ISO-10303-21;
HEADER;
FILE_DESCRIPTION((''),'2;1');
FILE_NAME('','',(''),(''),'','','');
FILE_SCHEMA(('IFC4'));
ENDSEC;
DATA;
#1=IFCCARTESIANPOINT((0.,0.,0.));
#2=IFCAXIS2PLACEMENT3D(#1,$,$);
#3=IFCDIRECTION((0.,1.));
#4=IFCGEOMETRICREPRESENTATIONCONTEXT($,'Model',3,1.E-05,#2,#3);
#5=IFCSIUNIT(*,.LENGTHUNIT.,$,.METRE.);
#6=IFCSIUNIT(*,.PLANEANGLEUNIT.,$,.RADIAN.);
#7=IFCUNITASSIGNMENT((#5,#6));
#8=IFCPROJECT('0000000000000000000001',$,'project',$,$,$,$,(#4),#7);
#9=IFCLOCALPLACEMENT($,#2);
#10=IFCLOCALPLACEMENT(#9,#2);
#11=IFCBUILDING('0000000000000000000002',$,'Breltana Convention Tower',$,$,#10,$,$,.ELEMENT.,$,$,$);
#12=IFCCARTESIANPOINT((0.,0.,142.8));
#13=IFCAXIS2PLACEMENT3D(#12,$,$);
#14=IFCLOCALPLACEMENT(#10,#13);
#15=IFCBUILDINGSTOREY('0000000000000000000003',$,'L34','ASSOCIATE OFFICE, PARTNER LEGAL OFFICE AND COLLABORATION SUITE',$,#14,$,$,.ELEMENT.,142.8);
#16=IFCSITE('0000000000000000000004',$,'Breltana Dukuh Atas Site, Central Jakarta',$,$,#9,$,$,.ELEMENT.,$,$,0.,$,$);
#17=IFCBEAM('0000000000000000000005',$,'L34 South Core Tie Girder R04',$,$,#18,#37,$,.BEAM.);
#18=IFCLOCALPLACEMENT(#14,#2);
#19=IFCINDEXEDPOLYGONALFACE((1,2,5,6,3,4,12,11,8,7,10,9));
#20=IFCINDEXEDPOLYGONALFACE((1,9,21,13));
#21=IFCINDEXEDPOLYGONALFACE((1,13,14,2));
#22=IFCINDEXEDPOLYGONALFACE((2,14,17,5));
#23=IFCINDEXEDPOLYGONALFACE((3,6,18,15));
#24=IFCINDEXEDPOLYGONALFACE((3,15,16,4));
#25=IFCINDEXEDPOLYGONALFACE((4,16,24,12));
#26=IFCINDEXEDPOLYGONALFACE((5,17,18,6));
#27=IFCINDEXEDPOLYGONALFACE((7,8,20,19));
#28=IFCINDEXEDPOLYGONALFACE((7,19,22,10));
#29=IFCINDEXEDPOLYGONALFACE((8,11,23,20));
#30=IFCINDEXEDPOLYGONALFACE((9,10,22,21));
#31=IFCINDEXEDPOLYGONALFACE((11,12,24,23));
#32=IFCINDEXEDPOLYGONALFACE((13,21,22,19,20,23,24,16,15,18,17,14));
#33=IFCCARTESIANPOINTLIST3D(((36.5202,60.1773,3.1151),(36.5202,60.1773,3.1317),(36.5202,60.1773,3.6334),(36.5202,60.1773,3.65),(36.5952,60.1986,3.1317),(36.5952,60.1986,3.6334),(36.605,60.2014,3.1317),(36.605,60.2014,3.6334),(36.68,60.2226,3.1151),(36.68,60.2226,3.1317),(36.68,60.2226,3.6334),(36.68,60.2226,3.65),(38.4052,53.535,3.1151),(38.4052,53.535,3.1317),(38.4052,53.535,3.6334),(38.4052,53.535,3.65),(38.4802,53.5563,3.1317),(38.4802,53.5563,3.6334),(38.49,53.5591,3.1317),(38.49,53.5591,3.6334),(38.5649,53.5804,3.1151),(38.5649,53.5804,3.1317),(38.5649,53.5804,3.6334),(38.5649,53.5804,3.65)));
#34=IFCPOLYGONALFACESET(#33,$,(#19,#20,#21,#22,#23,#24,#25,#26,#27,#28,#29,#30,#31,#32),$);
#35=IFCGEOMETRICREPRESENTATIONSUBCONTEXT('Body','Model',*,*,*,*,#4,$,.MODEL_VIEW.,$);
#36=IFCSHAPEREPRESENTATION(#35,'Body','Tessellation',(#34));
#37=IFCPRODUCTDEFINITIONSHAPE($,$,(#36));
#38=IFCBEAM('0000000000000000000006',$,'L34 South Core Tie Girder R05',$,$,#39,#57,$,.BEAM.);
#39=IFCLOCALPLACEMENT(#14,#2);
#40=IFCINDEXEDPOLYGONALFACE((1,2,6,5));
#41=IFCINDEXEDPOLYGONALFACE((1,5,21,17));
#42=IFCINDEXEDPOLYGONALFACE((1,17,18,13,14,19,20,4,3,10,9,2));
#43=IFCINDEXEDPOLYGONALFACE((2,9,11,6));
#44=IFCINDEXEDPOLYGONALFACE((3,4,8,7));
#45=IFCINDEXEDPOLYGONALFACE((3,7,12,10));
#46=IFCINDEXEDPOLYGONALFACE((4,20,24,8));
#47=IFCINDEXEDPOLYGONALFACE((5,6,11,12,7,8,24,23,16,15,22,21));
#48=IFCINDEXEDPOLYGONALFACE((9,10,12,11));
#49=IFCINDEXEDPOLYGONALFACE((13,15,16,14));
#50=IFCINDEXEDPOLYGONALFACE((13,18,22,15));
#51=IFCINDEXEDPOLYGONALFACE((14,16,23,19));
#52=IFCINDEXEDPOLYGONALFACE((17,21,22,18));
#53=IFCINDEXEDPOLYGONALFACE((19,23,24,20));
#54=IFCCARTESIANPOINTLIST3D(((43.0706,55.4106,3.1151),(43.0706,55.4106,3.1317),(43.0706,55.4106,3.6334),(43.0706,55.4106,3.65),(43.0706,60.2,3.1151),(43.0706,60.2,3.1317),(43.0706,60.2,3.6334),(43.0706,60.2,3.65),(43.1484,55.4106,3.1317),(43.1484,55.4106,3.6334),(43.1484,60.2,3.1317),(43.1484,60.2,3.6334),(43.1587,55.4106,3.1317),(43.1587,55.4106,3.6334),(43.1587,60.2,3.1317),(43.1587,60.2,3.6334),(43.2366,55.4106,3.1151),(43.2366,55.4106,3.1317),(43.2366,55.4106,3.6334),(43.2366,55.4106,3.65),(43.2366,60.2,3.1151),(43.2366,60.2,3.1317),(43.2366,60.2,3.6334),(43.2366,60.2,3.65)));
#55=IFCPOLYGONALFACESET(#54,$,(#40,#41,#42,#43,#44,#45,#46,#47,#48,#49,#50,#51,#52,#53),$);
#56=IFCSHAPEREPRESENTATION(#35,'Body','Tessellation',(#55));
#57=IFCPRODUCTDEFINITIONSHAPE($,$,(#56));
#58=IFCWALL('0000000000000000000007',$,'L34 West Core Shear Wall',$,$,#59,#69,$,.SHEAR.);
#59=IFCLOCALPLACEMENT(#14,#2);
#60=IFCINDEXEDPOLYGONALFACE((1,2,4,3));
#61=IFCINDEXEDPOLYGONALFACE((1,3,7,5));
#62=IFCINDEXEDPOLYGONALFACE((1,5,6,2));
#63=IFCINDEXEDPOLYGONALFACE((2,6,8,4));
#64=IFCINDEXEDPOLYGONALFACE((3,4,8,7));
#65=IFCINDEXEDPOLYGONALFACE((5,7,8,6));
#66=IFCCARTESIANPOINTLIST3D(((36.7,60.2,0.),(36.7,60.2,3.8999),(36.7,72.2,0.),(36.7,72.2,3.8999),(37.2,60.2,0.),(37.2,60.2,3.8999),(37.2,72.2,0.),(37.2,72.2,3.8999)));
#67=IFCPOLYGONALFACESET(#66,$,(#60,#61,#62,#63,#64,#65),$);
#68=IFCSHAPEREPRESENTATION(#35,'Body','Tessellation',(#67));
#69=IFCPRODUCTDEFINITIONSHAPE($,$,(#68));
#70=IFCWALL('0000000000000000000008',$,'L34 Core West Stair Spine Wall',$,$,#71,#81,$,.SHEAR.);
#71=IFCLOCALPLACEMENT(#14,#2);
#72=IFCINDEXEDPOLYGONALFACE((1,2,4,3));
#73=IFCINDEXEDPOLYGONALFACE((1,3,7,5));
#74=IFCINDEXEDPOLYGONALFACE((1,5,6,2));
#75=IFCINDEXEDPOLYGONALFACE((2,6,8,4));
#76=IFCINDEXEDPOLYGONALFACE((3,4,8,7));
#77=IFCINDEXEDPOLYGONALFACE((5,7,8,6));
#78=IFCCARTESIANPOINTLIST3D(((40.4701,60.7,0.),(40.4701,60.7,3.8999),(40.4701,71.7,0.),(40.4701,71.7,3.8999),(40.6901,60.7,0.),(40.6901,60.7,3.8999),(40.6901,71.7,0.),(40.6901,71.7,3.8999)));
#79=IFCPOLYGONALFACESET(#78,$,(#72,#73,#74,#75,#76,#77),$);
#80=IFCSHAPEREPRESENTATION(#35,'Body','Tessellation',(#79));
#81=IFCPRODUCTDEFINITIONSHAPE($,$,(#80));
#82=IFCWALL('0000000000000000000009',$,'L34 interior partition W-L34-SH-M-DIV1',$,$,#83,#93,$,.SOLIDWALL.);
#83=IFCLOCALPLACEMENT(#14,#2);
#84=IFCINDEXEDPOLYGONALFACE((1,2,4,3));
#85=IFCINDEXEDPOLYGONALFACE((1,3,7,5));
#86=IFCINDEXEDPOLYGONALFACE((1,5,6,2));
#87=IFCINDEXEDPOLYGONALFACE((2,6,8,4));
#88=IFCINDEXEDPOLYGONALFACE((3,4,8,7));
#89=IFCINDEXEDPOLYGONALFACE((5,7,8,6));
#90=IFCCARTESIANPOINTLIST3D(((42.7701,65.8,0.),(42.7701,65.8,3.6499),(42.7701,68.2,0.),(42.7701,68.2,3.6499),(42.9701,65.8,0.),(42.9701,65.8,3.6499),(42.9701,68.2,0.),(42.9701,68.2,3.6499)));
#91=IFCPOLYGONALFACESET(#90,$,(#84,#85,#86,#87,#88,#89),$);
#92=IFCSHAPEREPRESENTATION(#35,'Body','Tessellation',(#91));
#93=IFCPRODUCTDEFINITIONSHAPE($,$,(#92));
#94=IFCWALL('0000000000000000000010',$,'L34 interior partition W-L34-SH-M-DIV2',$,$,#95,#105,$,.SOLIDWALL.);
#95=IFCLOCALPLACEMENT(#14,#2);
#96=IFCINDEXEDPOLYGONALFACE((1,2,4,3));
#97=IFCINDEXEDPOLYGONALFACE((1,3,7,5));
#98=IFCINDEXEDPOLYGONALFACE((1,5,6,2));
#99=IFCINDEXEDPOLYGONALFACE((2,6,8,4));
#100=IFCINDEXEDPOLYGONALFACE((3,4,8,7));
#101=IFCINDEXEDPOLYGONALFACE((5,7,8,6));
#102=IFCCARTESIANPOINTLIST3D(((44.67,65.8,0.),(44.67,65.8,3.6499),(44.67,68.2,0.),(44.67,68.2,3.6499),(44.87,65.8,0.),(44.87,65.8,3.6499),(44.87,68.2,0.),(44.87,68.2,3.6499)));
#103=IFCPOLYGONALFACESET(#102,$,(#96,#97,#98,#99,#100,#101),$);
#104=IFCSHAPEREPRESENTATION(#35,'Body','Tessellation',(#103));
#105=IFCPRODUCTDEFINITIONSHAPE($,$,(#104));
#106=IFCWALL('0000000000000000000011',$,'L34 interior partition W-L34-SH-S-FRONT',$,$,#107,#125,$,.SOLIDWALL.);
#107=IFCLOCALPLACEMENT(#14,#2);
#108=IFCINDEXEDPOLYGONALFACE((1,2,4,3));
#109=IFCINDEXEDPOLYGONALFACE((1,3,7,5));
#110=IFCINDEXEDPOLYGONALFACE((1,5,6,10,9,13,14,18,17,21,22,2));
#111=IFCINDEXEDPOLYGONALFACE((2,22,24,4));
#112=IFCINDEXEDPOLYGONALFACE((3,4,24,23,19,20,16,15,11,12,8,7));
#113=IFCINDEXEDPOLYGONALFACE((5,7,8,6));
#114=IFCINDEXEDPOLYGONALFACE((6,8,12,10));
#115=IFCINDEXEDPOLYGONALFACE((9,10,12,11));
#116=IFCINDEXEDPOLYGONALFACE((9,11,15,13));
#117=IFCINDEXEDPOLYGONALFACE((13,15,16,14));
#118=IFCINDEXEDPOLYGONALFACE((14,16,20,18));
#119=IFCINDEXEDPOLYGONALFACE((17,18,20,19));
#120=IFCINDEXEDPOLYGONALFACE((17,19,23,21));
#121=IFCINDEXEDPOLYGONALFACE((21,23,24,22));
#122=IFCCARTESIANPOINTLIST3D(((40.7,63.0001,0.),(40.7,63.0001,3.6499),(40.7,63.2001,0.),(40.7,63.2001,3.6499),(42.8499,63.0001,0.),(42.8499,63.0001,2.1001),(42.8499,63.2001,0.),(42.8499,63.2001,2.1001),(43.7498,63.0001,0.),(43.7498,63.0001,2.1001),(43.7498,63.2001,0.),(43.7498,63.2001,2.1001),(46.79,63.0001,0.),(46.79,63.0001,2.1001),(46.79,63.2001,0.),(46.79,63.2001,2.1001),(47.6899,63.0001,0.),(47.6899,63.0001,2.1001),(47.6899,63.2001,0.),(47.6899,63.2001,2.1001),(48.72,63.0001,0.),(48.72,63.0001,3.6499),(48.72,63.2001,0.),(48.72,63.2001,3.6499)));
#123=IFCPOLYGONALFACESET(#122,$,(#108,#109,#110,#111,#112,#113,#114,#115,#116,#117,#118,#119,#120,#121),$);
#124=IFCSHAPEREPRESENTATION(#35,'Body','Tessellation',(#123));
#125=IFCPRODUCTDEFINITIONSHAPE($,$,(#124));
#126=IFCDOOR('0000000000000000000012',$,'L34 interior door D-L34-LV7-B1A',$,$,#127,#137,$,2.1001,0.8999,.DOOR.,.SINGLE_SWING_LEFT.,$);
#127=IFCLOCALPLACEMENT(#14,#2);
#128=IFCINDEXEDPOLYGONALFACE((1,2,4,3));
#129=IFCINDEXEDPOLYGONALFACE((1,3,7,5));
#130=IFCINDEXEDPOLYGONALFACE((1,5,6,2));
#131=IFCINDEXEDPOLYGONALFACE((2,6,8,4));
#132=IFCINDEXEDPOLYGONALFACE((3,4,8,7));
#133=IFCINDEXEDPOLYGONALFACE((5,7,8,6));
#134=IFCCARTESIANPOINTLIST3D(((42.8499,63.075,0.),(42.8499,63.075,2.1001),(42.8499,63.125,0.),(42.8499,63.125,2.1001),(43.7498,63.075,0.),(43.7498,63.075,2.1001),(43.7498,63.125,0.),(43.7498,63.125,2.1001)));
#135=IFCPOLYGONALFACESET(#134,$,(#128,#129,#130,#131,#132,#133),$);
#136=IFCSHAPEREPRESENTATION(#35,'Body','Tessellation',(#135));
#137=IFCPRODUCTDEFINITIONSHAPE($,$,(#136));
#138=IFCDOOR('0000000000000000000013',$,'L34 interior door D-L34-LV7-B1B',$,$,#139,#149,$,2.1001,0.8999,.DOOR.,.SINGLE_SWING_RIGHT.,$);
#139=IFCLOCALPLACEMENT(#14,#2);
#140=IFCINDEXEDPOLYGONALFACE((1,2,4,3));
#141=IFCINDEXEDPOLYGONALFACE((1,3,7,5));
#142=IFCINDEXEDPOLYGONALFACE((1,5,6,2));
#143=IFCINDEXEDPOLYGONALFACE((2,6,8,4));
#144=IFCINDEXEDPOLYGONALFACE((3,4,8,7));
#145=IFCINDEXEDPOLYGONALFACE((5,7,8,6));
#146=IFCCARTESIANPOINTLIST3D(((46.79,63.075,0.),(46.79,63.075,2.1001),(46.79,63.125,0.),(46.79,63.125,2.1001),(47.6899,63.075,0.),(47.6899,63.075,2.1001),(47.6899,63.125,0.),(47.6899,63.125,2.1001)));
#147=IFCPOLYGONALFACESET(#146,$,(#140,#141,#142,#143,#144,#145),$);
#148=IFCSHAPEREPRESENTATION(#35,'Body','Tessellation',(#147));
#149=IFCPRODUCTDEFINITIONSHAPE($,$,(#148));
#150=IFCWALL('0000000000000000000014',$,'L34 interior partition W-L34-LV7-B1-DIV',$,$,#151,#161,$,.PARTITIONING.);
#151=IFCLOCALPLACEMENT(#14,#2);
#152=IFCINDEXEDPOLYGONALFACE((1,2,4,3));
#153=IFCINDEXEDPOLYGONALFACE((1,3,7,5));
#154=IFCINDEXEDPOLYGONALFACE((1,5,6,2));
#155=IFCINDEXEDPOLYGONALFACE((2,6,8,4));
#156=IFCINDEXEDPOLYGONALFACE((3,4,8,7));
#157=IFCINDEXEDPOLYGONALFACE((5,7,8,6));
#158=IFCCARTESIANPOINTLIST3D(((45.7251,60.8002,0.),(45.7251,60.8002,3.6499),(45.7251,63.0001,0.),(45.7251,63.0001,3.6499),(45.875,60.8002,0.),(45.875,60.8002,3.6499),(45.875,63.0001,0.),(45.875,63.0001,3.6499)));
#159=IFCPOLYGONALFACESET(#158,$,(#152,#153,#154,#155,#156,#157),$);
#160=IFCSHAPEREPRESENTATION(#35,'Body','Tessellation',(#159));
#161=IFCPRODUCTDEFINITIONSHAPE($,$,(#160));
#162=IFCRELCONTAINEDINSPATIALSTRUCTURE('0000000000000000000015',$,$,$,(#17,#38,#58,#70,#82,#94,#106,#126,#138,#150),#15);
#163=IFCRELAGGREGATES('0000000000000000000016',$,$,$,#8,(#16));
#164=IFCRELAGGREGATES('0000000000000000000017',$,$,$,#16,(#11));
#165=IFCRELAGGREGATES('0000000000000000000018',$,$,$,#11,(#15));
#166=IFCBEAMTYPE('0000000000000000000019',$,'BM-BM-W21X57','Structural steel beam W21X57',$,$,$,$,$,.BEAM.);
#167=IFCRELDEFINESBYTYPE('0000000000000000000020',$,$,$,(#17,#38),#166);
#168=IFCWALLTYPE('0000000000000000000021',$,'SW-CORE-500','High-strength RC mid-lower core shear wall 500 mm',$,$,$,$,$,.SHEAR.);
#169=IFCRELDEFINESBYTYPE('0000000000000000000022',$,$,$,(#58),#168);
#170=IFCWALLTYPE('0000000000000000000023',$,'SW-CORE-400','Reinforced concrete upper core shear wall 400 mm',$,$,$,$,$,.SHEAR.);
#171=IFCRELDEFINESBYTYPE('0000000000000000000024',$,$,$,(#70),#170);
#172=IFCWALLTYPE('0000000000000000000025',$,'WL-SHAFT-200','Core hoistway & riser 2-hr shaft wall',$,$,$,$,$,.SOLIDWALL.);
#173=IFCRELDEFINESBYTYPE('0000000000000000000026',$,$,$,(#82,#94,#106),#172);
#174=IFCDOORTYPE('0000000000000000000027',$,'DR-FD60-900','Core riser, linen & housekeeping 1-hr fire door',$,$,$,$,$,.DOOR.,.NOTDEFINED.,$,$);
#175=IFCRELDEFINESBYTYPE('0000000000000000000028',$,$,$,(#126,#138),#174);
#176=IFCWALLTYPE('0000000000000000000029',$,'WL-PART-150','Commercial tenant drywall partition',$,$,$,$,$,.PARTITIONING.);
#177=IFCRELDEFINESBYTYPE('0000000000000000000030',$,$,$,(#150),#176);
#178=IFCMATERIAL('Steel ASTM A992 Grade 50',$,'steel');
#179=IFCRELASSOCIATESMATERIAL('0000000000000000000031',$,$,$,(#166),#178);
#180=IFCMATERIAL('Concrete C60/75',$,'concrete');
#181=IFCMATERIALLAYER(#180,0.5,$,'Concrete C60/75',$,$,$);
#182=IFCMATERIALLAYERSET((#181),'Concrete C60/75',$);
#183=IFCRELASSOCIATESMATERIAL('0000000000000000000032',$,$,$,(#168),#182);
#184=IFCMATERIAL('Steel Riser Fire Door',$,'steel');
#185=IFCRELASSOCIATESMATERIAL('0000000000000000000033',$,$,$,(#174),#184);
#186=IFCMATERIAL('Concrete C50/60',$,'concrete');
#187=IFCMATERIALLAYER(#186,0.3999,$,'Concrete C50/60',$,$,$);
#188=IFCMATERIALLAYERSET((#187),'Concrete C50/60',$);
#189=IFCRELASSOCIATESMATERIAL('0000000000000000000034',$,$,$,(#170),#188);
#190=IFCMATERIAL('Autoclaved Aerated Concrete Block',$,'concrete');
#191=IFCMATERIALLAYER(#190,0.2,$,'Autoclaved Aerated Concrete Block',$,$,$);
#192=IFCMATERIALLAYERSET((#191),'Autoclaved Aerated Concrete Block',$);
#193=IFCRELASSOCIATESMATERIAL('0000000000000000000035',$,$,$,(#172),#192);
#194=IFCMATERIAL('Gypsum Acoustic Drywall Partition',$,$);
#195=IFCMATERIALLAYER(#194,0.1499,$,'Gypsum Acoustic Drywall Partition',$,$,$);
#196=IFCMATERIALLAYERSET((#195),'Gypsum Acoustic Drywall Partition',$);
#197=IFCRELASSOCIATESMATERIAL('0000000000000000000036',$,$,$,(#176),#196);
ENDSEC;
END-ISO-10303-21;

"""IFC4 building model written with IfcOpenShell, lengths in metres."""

from ifc_helpers import new_model, si_unit, direction, frame, frame_2d, origin, origin_2d, place, context, subcontext, project, spatial, rectangle, i_section, extrude, source, transform, mapped, material, layer, layer_set, material_profile, profile_set, type_object, type_shapes, element, fill, save


model = new_model("IFC4")

# Units and contexts
model_context = context("Model", 3, precision=1e-05, world=origin(), true_north=direction((0.0, 1.0)))
body_context = subcontext(model_context, "Body", "Model", "MODEL_VIEW")
ifc_project = project(units=[si_unit("LENGTHUNIT", "METRE"), si_unit("PLANEANGLEUNIT", "RADIAN")], contexts=[model_context])

# Site, building, storey
site_placement = place(None, origin())
site = spatial("IfcSite", under=ifc_project, at=site_placement, Name="Breltana Dukuh Atas Site, Central Jakarta", CompositionType="ELEMENT", RefElevation=0.0)
building_placement = place(site_placement, origin())
building = spatial("IfcBuilding", under=site, at=building_placement, Name="Breltana Convention Tower", CompositionType="ELEMENT")
storey_placement = place(building_placement, frame((0.0, 0.0, 142.8)))
storey = spatial("IfcBuildingStorey", under=building, at=storey_placement, Name="L34", Description="ASSOCIATE OFFICE, PARTNER LEGAL OFFICE AND COLLABORATION SUITE", CompositionType="ELEMENT", Elevation=142.8)

# Beams
ifc_material_1 = material(Name="Steel ASTM A992 Grade 50", Category="steel")
ifc_material_profile = material_profile(ifc_material_1, i_section(OverallWidth=0.166, OverallDepth=0.5349, WebThickness=0.0103, FlangeThickness=0.0166, at=origin_2d()), Name="W21X57")
ifc_profile_set = profile_set([ifc_material_profile], Name="Steel ASTM A992 Grade 50")
beam_type = type_object("IfcBeamType", Name="BM-BM-W21X57", Description="Structural steel beam W21X57", PredefinedType="BEAM", material=ifc_profile_set)
shared_shape_1 = source(origin(), body_context, "Body", "SweptSolid", [
    extrude(i_section(OverallWidth=0.166, OverallDepth=0.5349, WebThickness=0.0103, FlangeThickness=0.0166, at=origin_2d()), origin(), (0.0, 0.0, 1.0), 6.9045),
])
type_shapes(beam_type, [shared_shape_1])
beam_1_placement = place(storey_placement, frame((36.6001, 60.2, 3.3826), z_axis=(0.273007, -0.962012, 0.0), x_axis=(0.962012, 0.273007, 0.0)))
element("IfcBeam", 1, at=beam_1_placement, inside=storey, type_object=beam_type, Name="L34 South Core Tie Girder R04", PredefinedType="BEAM", context=body_context, shape_type="MappedRepresentation", body=[
    mapped(shared_shape_1, transform((0.0, 0.0, 0.0), scale=1.0)),
])
shared_shape_2 = source(origin(), body_context, "Body", "SweptSolid", [
    extrude(i_section(OverallWidth=0.166, OverallDepth=0.5349, WebThickness=0.0103, FlangeThickness=0.0166, at=origin_2d()), origin(), (0.0, 0.0, 1.0), 4.7893),
])
beam_2_placement = place(storey_placement, frame((43.1536, 60.2, 3.3826), z_axis=(0.0, -1.0, 0.0), x_axis=(1.0, 0.0, 0.0)))
element("IfcBeam", 2, at=beam_2_placement, inside=storey, type_object=beam_type, Name="L34 South Core Tie Girder R05", PredefinedType="BEAM", context=body_context, shape_type="MappedRepresentation", body=[
    mapped(shared_shape_2, transform((0.0, 0.0, 0.0), scale=1.0)),
])

# Wall
ifc_material_2 = material(Name="Concrete C60/75", Category="concrete")
ifc_layer_1 = layer(ifc_material_2, 0.5, Name="Concrete C60/75")
ifc_layer_set_1 = layer_set([ifc_layer_1], Name="Concrete C60/75")
wall_type_1 = type_object("IfcWallType", Name="SW-CORE-500", Description="High-strength RC mid-lower core shear wall 500 mm", PredefinedType="SHEAR", material=ifc_layer_set_1)
shared_shape_3 = source(origin(), body_context, "Body", "SweptSolid", [
    extrude(rectangle(XDim=12.0, YDim=0.5, at=frame_2d((6.0, 0.0))), origin(), (0.0, 0.0, 1.0), 3.8999),
])
wall_1_placement = place(storey_placement, frame((36.95, 60.2, 0.0), z_axis=(0.0, 0.0, 1.0), x_axis=(0.0, 1.0, 0.0)))
element("IfcWall", 3, at=wall_1_placement, inside=storey, type_object=wall_type_1, Name="L34 West Core Shear Wall", PredefinedType="SHEAR", context=body_context, shape_type="MappedRepresentation", body=[
    mapped(shared_shape_3, transform((0.0, 0.0, 0.0), scale=1.0)),
])

# Shared definitions
ifc_material_3 = material(Name="Steel Riser Fire Door", Category="steel")
door_type_1 = type_object("IfcDoorType", Name="DR-FD60-900", Description="Core riser, linen & housekeeping 1-hr fire door", OperationType="NOTDEFINED", PredefinedType="DOOR", material=ifc_material_3)
shared_shape_4 = source(origin(), body_context, "Body", "SweptSolid", [
    extrude(rectangle(XDim=0.8999, YDim=2.1001, at=frame_2d((0.45, 1.05))), frame((0.0, 0.0249, 0.0), z_axis=(0.0, -1.0, 0.0), x_axis=(1.0, 0.0, 0.0)), (0.0, 0.0, 1.0), 0.05),
])
type_shapes(door_type_1, [shared_shape_4])

# Walls
ifc_material_4 = material(Name="Concrete C50/60", Category="concrete")
ifc_layer_2 = layer(ifc_material_4, 0.3999, Name="Concrete C50/60")
ifc_layer_set_2 = layer_set([ifc_layer_2], Name="Concrete C50/60")
wall_type_2 = type_object("IfcWallType", Name="SW-CORE-400", Description="Reinforced concrete upper core shear wall 400 mm", PredefinedType="SHEAR", material=ifc_layer_set_2)
shared_shape_5 = source(origin(), body_context, "Body", "SweptSolid", [
    extrude(rectangle(XDim=11.0, YDim=0.22, at=frame_2d((5.5, 0.0))), origin(), (0.0, 0.0, 1.0), 3.8999),
])
wall_2_placement = place(storey_placement, frame((40.5801, 60.7, 0.0), z_axis=(0.0, 0.0, 1.0), x_axis=(0.0, 1.0, 0.0)))
element("IfcWall", 4, at=wall_2_placement, inside=storey, type_object=wall_type_2, Name="L34 Core West Stair Spine Wall", PredefinedType="SHEAR", context=body_context, shape_type="MappedRepresentation", body=[
    mapped(shared_shape_5, transform((0.0, 0.0, 0.0), scale=1.0)),
])
ifc_material_5 = material(Name="Autoclaved Aerated Concrete Block", Category="concrete")
ifc_layer_3 = layer(ifc_material_5, 0.2, Name="Autoclaved Aerated Concrete Block")
ifc_layer_set_3 = layer_set([ifc_layer_3], Name="Autoclaved Aerated Concrete Block")
wall_type_3 = type_object("IfcWallType", Name="WL-SHAFT-200", Description="Core hoistway & riser 2-hr shaft wall", PredefinedType="SOLIDWALL", material=ifc_layer_set_3)
shared_shape_6 = source(origin(), body_context, "Body", "SweptSolid", [
    extrude(rectangle(XDim=2.3999, YDim=0.2, at=frame_2d((1.2, 0.0))), origin(), (0.0, 0.0, 1.0), 3.6499),
])
for number, where, z_axis, x_axis, name in (
    (5, (42.8701, 65.8, 0.0), (0.0, 0.0, 1.0), (0.0, 1.0, 0.0), "L34 interior partition W-L34-SH-M-DIV1"),
    (6, (44.77, 65.8, 0.0), (0.0, 0.0, 1.0), (0.0, 1.0, 0.0), "L34 interior partition W-L34-SH-M-DIV2"),
):
    element("IfcWall", number, at=place(storey_placement, frame(where, z_axis=z_axis, x_axis=x_axis)), inside=storey, type_object=wall_type_3, Name=name, PredefinedType="SOLIDWALL", context=body_context, shape_type="MappedRepresentation", body=[
        mapped(shared_shape_6, transform((0.0, 0.0, 0.0), scale=1.0)),
    ])

# Wall, openings, doors
shared_shape_7 = source(origin(), body_context, "Body", "SweptSolid", [
    extrude(rectangle(XDim=8.02, YDim=0.2, at=frame_2d((4.01, 0.0))), origin(), (0.0, 0.0, 1.0), 3.6499),
])
wall_3_placement = place(storey_placement, frame((40.7, 63.1001, 0.0), z_axis=(0.0, 0.0, 1.0), x_axis=(1.0, 0.0, 0.0)))
wall_3 = element("IfcWall", 7, at=wall_3_placement, inside=storey, type_object=wall_type_3, Name="L34 interior partition W-L34-SH-S-FRONT", PredefinedType="SOLIDWALL", context=body_context, shape_type="MappedRepresentation", body=[
    mapped(shared_shape_7, transform((0.0, 0.0, 0.0), scale=1.0)),
])
opening_1_placement = place(wall_3_placement, frame((2.1499, 0.0, 0.0)))
opening_1 = element("IfcOpeningElement", 8, at=opening_1_placement, cuts=wall_3, PredefinedType="OPENING", context=body_context, shape_type="SweptSolid", body=[
    extrude(rectangle(XDim=0.8999, YDim=2.1001, at=frame_2d((0.45, 1.05))), frame((0.0, 0.1099, 0.0), z_axis=(0.0, -1.0, 0.0), x_axis=(1.0, 0.0, 0.0)), (0.0, 0.0, 1.0), 0.22),
])
opening_2_placement = place(wall_3_placement, frame((6.0901, 0.0, 0.0)))
opening_2 = element("IfcOpeningElement", 9, at=opening_2_placement, cuts=wall_3, PredefinedType="OPENING", context=body_context, shape_type="SweptSolid", body=[
    extrude(rectangle(XDim=0.8999, YDim=2.1001, at=frame_2d((0.45, 1.05))), frame((0.0, 0.1099, 0.0), z_axis=(0.0, -1.0, 0.0), x_axis=(1.0, 0.0, 0.0)), (0.0, 0.0, 1.0), 0.22),
])
door_1_placement = place(opening_1_placement, origin())
door_1 = element("IfcDoor", 10, at=door_1_placement, inside=storey, type_object=door_type_1, Name="L34 interior door D-L34-LV7-B1A", OperationType="SINGLE_SWING_LEFT", OverallHeight=2.1001, OverallWidth=0.8999, PredefinedType="DOOR", context=body_context, shape_type="MappedRepresentation", body=[
    mapped(shared_shape_4, transform((0.0, 0.0, 0.0), scale=1.0)),
])
fill(opening_1, door_1)
door_2_placement = place(opening_2_placement, origin())
door_2 = element("IfcDoor", 11, at=door_2_placement, inside=storey, type_object=door_type_1, Name="L34 interior door D-L34-LV7-B1B", OperationType="SINGLE_SWING_RIGHT", OverallHeight=2.1001, OverallWidth=0.8999, PredefinedType="DOOR", context=body_context, shape_type="MappedRepresentation", body=[
    mapped(shared_shape_4, transform((0.0, 0.0, 0.0), scale=1.0)),
])
fill(opening_2, door_2)

# Wall
ifc_material_6 = material(Name="Gypsum Acoustic Drywall Partition")
ifc_layer_4 = layer(ifc_material_6, 0.1499, Name="Gypsum Acoustic Drywall Partition")
ifc_layer_set_4 = layer_set([ifc_layer_4], Name="Gypsum Acoustic Drywall Partition")
wall_type_4 = type_object("IfcWallType", Name="WL-PART-150", Description="Commercial tenant drywall partition", PredefinedType="PARTITIONING", material=ifc_layer_set_4)
shared_shape_8 = source(origin(), body_context, "Body", "SweptSolid", [
    extrude(rectangle(XDim=2.2, YDim=0.1499, at=frame_2d((1.1001, 0.0))), origin(), (0.0, 0.0, 1.0), 3.6499),
])
wall_4_placement = place(storey_placement, frame((45.8, 60.8, 0.0), z_axis=(0.0, 0.0, 1.0), x_axis=(0.0, 1.0, 0.0)))
element("IfcWall", 12, at=wall_4_placement, inside=storey, type_object=wall_type_4, Name="L34 interior partition W-L34-LV7-B1-DIV", PredefinedType="PARTITIONING", context=body_context, shape_type="MappedRepresentation", body=[
    mapped(shared_shape_8, transform((0.0, 0.0, 0.0), scale=1.0)),
])

save(model, "model.ifc")
